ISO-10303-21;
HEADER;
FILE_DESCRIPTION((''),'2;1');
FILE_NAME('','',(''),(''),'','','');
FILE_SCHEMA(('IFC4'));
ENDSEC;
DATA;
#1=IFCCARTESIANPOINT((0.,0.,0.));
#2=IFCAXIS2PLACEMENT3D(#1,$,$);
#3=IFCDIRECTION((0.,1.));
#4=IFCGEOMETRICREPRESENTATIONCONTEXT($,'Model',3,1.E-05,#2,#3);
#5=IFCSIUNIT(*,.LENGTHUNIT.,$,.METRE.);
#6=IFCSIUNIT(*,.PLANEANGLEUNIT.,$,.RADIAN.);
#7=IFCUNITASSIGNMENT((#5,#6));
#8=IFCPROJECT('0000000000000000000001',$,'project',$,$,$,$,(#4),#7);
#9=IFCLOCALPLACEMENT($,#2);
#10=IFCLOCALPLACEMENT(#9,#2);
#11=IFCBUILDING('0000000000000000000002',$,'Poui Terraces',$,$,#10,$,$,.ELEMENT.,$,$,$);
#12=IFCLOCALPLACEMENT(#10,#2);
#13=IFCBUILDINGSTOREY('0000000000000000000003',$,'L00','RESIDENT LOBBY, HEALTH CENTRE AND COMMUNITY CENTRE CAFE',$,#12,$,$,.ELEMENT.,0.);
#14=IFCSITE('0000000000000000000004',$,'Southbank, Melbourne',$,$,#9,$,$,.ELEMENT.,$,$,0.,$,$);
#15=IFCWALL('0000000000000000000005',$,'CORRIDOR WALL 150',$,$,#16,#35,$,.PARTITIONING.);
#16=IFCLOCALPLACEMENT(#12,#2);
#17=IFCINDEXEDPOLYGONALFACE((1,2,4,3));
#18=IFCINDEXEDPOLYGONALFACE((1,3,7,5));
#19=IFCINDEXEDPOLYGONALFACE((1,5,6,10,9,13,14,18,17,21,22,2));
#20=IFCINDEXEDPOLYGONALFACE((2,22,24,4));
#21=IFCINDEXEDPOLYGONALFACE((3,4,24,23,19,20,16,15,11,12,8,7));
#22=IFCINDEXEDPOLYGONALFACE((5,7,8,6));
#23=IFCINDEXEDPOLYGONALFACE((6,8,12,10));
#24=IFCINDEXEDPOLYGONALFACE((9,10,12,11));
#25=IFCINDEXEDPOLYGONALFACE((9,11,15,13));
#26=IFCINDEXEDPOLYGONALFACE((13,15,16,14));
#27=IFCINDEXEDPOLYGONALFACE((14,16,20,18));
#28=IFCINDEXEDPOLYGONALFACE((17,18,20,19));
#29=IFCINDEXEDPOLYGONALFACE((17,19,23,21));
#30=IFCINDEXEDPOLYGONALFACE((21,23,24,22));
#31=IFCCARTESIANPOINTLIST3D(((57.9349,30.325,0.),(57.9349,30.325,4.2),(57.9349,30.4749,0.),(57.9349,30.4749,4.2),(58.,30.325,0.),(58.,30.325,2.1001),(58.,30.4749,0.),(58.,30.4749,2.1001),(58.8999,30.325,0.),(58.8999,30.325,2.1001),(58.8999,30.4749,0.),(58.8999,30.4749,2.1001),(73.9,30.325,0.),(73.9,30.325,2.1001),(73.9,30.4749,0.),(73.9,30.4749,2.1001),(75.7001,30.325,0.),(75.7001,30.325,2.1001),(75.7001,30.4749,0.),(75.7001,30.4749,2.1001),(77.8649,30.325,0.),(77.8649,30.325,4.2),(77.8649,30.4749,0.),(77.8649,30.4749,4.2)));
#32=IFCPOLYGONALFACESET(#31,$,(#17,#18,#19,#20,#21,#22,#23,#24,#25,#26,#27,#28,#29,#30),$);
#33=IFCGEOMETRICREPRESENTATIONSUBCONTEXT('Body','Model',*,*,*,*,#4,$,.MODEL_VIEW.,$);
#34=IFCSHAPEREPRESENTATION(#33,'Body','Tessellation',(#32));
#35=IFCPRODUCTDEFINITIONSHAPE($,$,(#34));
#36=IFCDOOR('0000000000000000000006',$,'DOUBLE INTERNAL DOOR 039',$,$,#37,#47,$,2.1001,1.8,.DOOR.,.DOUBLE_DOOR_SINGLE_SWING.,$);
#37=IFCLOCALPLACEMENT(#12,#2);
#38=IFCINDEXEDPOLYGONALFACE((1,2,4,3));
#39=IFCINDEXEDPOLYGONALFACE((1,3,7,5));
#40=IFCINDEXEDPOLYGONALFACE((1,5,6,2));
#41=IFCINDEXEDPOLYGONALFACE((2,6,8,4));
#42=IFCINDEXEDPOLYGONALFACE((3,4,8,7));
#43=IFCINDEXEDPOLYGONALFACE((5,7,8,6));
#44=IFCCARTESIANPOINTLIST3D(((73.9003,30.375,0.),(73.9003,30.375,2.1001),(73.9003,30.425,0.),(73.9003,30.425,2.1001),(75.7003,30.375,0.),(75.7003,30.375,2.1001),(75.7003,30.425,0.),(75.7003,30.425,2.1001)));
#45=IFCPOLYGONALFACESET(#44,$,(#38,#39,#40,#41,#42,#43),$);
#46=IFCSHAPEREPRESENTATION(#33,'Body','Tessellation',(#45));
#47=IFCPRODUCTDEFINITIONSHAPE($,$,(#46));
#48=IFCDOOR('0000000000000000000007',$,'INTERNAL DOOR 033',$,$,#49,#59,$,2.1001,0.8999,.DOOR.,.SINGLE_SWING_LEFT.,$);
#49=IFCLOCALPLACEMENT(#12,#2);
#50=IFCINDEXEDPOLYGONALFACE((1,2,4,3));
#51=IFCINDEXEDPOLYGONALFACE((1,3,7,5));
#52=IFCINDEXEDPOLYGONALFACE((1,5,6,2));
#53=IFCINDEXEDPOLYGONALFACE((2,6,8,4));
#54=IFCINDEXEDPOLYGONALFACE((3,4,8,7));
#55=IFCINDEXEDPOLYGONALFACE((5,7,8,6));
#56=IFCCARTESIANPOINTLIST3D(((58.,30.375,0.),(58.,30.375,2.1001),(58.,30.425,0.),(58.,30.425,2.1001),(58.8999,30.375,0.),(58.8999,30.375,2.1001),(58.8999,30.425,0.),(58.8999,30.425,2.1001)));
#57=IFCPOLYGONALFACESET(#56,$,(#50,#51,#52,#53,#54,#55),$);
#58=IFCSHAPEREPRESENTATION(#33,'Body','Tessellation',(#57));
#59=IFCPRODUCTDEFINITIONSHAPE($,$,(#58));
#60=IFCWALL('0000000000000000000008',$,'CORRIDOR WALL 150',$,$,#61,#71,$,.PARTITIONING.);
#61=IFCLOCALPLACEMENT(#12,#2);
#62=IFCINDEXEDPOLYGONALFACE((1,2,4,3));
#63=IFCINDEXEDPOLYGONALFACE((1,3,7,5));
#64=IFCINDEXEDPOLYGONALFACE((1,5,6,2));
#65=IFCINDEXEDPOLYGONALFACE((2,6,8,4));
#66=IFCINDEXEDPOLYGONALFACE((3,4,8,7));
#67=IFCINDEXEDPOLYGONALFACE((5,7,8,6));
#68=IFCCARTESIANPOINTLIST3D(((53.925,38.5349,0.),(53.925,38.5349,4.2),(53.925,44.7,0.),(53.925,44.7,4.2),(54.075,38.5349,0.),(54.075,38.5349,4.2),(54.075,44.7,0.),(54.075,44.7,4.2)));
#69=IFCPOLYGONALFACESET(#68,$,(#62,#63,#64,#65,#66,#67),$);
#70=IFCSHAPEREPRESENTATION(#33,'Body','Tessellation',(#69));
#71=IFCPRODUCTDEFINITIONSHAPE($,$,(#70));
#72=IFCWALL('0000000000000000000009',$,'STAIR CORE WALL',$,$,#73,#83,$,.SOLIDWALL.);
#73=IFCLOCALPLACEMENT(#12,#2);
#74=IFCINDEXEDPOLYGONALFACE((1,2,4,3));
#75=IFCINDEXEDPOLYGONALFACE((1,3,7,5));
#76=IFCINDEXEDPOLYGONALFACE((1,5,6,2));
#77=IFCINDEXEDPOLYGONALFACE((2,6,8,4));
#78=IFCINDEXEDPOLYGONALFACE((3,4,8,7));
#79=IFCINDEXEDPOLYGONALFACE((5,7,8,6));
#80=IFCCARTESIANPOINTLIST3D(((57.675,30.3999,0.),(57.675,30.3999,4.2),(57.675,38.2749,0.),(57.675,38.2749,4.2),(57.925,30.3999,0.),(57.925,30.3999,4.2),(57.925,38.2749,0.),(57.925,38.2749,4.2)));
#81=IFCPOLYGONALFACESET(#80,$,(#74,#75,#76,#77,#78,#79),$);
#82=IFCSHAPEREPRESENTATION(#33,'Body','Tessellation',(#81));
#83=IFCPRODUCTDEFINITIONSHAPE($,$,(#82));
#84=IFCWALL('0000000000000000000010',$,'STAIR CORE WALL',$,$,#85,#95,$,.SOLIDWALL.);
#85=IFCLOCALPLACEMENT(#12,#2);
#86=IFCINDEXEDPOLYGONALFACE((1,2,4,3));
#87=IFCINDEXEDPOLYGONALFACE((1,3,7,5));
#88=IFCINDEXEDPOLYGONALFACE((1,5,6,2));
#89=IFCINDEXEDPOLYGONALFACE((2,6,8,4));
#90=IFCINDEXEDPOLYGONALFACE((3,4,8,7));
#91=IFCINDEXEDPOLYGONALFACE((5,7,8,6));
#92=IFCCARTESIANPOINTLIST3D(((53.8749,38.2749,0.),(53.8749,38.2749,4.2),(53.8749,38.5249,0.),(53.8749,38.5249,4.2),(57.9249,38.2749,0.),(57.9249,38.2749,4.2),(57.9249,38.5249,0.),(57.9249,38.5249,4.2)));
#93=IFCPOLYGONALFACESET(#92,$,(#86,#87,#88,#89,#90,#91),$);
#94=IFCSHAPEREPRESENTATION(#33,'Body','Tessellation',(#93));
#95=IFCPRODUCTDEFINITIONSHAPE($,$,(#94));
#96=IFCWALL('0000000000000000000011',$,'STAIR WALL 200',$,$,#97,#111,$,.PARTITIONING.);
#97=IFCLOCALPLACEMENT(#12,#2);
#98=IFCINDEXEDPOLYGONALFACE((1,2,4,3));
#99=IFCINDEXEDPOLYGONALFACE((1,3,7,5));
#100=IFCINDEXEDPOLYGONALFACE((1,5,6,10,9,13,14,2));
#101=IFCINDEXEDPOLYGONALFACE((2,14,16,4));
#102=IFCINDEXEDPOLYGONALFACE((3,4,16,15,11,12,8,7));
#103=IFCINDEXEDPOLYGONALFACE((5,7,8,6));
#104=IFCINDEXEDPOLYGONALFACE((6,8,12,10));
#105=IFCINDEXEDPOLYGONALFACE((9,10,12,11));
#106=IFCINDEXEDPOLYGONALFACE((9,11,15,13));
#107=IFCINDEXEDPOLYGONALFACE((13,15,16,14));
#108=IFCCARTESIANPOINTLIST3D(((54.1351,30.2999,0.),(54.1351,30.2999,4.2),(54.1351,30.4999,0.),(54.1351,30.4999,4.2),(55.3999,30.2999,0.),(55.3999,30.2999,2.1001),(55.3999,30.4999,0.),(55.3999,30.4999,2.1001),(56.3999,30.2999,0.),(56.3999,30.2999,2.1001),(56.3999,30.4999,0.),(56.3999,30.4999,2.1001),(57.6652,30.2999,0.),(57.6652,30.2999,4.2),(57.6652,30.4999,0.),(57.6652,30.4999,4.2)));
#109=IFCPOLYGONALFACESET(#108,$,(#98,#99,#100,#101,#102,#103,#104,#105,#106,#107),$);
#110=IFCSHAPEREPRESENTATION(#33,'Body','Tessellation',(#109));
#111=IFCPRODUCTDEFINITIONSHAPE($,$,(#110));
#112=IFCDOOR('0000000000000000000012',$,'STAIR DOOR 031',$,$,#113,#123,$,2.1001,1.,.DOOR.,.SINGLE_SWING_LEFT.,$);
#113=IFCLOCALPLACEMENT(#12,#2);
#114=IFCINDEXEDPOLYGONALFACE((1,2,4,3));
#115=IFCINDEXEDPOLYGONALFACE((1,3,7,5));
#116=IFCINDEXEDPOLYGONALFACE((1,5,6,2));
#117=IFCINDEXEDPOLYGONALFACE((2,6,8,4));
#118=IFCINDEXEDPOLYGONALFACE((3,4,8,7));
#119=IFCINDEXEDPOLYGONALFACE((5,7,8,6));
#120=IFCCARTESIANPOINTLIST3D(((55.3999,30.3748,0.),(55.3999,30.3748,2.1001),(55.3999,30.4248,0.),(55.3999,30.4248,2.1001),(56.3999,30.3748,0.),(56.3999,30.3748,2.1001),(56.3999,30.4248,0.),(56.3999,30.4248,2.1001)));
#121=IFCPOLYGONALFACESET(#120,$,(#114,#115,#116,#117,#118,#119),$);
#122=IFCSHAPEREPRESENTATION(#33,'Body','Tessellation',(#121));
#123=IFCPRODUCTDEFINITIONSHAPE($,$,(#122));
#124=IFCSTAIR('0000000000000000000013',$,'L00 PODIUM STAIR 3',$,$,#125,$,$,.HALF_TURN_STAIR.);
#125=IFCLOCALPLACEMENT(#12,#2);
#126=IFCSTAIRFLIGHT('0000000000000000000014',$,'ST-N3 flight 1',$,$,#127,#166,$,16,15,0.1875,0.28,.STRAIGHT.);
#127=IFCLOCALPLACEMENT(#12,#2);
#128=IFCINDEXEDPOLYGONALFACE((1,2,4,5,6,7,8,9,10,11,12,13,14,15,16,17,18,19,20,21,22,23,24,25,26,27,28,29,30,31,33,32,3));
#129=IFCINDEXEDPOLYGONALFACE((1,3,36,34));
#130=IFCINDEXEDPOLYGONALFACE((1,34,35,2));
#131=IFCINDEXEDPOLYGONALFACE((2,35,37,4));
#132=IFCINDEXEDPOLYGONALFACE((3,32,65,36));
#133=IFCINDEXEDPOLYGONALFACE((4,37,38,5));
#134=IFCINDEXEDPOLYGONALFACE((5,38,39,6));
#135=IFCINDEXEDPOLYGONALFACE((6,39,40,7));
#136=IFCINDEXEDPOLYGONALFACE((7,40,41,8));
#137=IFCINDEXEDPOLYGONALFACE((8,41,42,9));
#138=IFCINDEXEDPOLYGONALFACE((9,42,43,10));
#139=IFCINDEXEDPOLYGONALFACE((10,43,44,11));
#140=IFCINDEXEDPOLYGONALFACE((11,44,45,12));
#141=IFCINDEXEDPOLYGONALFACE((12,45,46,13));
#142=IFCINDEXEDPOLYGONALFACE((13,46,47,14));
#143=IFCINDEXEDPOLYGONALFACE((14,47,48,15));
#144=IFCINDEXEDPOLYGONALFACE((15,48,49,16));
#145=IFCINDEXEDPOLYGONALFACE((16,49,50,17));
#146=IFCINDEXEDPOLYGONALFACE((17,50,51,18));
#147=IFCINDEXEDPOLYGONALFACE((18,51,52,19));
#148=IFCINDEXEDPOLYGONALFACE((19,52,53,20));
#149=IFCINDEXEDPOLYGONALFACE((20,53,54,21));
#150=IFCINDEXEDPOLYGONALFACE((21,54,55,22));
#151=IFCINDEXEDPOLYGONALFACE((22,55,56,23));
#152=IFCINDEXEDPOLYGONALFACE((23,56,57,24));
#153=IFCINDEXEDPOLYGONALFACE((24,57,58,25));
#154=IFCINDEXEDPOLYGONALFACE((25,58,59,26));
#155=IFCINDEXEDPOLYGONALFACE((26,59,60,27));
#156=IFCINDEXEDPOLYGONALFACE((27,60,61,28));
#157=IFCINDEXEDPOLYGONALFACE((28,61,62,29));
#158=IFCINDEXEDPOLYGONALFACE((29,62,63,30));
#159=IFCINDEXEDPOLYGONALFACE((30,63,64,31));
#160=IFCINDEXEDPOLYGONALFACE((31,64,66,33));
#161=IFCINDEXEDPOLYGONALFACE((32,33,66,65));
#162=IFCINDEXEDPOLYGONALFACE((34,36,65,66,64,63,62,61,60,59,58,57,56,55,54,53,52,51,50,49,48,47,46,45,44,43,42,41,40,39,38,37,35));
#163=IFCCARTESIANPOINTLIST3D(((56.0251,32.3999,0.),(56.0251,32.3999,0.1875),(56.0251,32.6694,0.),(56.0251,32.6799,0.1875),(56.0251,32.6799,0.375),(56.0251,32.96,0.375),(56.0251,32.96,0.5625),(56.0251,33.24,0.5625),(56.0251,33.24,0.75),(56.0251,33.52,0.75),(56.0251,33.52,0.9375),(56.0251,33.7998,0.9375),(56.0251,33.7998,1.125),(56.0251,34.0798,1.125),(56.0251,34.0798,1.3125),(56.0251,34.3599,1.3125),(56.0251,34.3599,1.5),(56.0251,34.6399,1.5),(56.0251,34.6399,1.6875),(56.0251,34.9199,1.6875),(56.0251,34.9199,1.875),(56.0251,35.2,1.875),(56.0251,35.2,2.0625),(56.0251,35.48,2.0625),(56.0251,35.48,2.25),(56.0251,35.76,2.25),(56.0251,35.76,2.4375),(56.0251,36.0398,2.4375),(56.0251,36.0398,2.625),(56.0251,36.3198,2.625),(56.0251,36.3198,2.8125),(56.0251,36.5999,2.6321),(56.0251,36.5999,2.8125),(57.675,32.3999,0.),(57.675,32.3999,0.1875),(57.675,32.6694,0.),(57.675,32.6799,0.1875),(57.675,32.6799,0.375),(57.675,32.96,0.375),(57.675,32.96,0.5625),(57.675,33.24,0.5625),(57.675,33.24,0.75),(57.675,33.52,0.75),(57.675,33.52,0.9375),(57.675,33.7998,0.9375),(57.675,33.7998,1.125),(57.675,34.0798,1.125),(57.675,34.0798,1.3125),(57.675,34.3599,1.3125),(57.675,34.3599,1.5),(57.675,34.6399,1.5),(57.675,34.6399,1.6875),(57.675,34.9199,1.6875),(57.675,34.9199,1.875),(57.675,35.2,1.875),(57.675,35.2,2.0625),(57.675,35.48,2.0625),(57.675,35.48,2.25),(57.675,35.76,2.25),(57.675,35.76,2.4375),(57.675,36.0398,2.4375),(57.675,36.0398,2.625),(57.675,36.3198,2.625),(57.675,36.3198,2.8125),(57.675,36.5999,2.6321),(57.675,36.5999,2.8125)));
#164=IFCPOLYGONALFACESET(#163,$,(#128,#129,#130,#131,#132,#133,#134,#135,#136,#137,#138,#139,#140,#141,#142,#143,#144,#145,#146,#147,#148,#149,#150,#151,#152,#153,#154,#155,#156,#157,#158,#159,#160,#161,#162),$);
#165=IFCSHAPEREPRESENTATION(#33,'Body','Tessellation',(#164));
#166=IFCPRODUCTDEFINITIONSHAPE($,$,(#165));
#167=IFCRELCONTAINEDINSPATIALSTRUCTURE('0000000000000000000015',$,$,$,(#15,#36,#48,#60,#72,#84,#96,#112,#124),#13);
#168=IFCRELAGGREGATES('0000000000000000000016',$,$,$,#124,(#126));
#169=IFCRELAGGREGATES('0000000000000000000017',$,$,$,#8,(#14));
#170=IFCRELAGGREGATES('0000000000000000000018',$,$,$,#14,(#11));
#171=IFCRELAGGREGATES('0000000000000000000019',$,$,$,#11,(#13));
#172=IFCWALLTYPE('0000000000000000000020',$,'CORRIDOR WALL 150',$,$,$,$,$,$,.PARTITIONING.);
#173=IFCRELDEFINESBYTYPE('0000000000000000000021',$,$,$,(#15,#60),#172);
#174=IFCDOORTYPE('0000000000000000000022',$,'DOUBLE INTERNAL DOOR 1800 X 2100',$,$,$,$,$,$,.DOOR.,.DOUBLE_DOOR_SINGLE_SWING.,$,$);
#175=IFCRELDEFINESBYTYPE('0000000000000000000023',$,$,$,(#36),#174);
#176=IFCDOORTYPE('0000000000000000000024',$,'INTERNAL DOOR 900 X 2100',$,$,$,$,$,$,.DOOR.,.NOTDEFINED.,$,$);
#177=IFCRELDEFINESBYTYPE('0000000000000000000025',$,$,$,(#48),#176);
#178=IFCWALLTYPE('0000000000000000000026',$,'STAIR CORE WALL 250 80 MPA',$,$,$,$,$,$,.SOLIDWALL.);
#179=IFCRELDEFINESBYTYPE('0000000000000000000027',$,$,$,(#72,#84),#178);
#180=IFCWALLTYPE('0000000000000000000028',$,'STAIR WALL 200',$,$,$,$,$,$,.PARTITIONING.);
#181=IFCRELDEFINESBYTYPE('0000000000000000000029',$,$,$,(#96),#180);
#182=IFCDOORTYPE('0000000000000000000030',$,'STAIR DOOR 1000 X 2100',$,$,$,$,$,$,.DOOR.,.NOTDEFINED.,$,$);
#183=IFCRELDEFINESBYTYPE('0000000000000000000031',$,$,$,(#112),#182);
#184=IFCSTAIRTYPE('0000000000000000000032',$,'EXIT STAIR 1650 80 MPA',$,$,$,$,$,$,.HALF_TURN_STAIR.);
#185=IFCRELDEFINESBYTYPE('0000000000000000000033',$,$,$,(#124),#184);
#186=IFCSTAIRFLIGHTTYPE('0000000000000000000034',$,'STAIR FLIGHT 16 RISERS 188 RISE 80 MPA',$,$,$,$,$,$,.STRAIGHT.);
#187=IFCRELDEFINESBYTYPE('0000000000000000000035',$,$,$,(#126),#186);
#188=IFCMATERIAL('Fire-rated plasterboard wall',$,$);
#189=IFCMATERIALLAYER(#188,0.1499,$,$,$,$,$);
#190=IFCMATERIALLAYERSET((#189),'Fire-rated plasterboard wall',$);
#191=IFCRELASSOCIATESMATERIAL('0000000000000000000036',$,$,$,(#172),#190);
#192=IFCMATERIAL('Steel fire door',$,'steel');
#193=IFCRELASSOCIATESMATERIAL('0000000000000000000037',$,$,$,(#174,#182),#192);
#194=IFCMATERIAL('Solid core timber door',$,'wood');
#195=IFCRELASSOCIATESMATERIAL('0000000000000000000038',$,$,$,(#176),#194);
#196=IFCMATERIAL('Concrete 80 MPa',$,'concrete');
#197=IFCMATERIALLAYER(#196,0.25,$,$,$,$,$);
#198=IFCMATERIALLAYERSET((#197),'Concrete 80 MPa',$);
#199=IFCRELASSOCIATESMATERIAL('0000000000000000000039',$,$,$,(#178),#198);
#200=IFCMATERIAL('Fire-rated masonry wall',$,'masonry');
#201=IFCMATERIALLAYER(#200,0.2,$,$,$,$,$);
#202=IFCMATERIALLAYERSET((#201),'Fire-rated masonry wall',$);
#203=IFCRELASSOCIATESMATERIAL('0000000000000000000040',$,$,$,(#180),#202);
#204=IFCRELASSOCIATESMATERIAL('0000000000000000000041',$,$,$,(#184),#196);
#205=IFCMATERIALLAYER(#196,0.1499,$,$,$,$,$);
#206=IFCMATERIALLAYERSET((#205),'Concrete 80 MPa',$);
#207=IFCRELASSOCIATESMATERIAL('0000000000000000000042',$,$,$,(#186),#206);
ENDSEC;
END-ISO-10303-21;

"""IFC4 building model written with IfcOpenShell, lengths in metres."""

from ifc_helpers import new_model, si_unit, direction, frame, frame_2d, origin, place, context, subcontext, project, spatial, polyline, rectangle, outline, extrude, material, layer, layer_set, type_object, element, fill, aggregate, save


model = new_model("IFC4")

# Units and contexts
model_context = context("Model", 3, precision=1e-05, world=origin(), true_north=direction((0.0, 1.0)))
body_context = subcontext(model_context, "Body", "Model", "MODEL_VIEW")
ifc_project = project(units=[si_unit("LENGTHUNIT", "METRE"), si_unit("PLANEANGLEUNIT", "RADIAN")], contexts=[model_context])

# Site, building, storey
site_placement = place(None, origin())
site = spatial("IfcSite", under=ifc_project, at=site_placement, Name="Southbank, Melbourne", CompositionType="ELEMENT", RefElevation=0.0)
building_placement = place(site_placement, origin())
building = spatial("IfcBuilding", under=site, at=building_placement, Name="Poui Terraces", CompositionType="ELEMENT")
storey_placement = place(building_placement, origin())
storey = spatial("IfcBuildingStorey", under=building, at=storey_placement, Name="L00", Description="RESIDENT LOBBY, HEALTH CENTRE AND COMMUNITY CENTRE CAFE", CompositionType="ELEMENT", Elevation=0.0)

# Shared definitions
ifc_material_1 = material(Name="Fire-rated masonry wall", Category="masonry")

# Wall, openings, doors
ifc_material_2 = material(Name="Fire-rated plasterboard wall")
ifc_layer_1 = layer(ifc_material_2, 0.1499)
ifc_layer_set_1 = layer_set([ifc_layer_1], Name="Fire-rated plasterboard wall")
wall_type_1 = type_object("IfcWallType", Name="CORRIDOR WALL 150", PredefinedType="PARTITIONING", material=ifc_layer_set_1)
wall_1_placement = place(storey_placement, frame((57.9351, 30.3999, 0.0), z_axis=(0.0, 0.0, 1.0), x_axis=(1.0, 0.0, 0.0)))
wall_1 = element("IfcWall", 1, at=wall_1_placement, inside=storey, type_object=wall_type_1, Name="CORRIDOR WALL 150", PredefinedType="PARTITIONING", context=body_context, shape_type="SweptSolid", body=[
    extrude(rectangle(XDim=19.9299, YDim=0.1499, at=frame_2d((9.9648, 0.0))), origin(), (0.0, 0.0, 1.0), 4.2),
])
opening_1_placement = place(wall_1_placement, frame((0.0649, 0.0, 0.0)))
opening_1 = element("IfcOpeningElement", 2, at=opening_1_placement, cuts=wall_1, PredefinedType="OPENING", context=body_context, shape_type="SweptSolid", body=[
    extrude(rectangle(XDim=0.8999, YDim=2.1001, at=frame_2d((0.45, 1.05))), frame((0.0, 0.085, 0.0), z_axis=(0.0, -1.0, 0.0), x_axis=(1.0, 0.0, 0.0)), (0.0, 0.0, 1.0), 0.1699),
])
opening_2_placement = place(wall_1_placement, frame((15.9651, 0.0, 0.0)))
opening_2 = element("IfcOpeningElement", 3, at=opening_2_placement, cuts=wall_1, PredefinedType="OPENING", context=body_context, shape_type="SweptSolid", body=[
    extrude(rectangle(XDim=1.8, YDim=2.1001, at=frame_2d((0.8999, 1.05))), frame((0.0, 0.085, 0.0), z_axis=(0.0, -1.0, 0.0), x_axis=(1.0, 0.0, 0.0)), (0.0, 0.0, 1.0), 0.1699),
])
ifc_material_3 = material(Name="Steel fire door", Category="steel")
door_type_1 = type_object("IfcDoorType", Name="DOUBLE INTERNAL DOOR 1800 X 2100", OperationType="DOUBLE_DOOR_SINGLE_SWING", PredefinedType="DOOR", material=ifc_material_3)
door_1_placement = place(opening_2_placement, frame((1.8, 0.0, 0.0), z_axis=(0.0, 0.0, 1.0), x_axis=(-1.0, 0.0, 0.0)))
door_1 = element("IfcDoor", 4, at=door_1_placement, inside=storey, type_object=door_type_1, Name="DOUBLE INTERNAL DOOR 039", OperationType="DOUBLE_DOOR_SINGLE_SWING", OverallHeight=2.1001, OverallWidth=1.8, PredefinedType="DOOR", context=body_context, shape_type="SweptSolid", body=[
    extrude(rectangle(XDim=1.8, YDim=2.1001, at=frame_2d((0.8999, 1.05))), frame((0.0, 0.0249, 0.0), z_axis=(0.0, -1.0, 0.0), x_axis=(1.0, 0.0, 0.0)), (0.0, 0.0, 1.0), 0.05),
])
fill(opening_2, door_1)
ifc_material_4 = material(Name="Solid core timber door", Category="wood")
door_type_2 = type_object("IfcDoorType", Name="INTERNAL DOOR 900 X 2100", OperationType="NOTDEFINED", PredefinedType="DOOR", material=ifc_material_4)
door_2_placement = place(opening_1_placement, frame((0.8999, 0.0, 0.0), z_axis=(0.0, 0.0, 1.0), x_axis=(-1.0, 0.0, 0.0)))
door_2 = element("IfcDoor", 5, at=door_2_placement, inside=storey, type_object=door_type_2, Name="INTERNAL DOOR 033", OperationType="SINGLE_SWING_LEFT", OverallHeight=2.1001, OverallWidth=0.8999, PredefinedType="DOOR", context=body_context, shape_type="SweptSolid", body=[
    extrude(rectangle(XDim=0.8999, YDim=2.1001, at=frame_2d((0.45, 1.05))), frame((0.0, 0.0249, 0.0), z_axis=(0.0, -1.0, 0.0), x_axis=(1.0, 0.0, 0.0)), (0.0, 0.0, 1.0), 0.05),
])
fill(opening_1, door_2)

# Walls
wall_2_placement = place(storey_placement, frame((54.0, 38.5349, 0.0), z_axis=(0.0, 0.0, 1.0), x_axis=(0.0, 1.0, 0.0)))
element("IfcWall", 6, at=wall_2_placement, inside=storey, type_object=wall_type_1, Name="CORRIDOR WALL 150", PredefinedType="PARTITIONING", context=body_context, shape_type="SweptSolid", body=[
    extrude(rectangle(XDim=6.165, YDim=0.1499, at=frame_2d((3.0825, 0.0))), origin(), (0.0, 0.0, 1.0), 4.2),
])
ifc_material_5 = material(Name="Concrete 80 MPa", Category="concrete")
ifc_layer_2 = layer(ifc_material_5, 0.25)
ifc_layer_set_2 = layer_set([ifc_layer_2], Name="Concrete 80 MPa")
wall_type_2 = type_object("IfcWallType", Name="STAIR CORE WALL 250 80 MPA", PredefinedType="SOLIDWALL", material=ifc_layer_set_2)
wall_3_placement = place(storey_placement, frame((57.8, 30.3999, 0.0), z_axis=(0.0, 0.0, 1.0), x_axis=(0.0, 1.0, 0.0)))
element("IfcWall", 7, at=wall_3_placement, inside=storey, type_object=wall_type_2, Name="STAIR CORE WALL", PredefinedType="SOLIDWALL", context=body_context, shape_type="SweptSolid", body=[
    extrude(rectangle(XDim=7.875, YDim=0.25, at=frame_2d((3.9375, 0.0))), origin(), (0.0, 0.0, 1.0), 4.2),
])
wall_4_placement = place(storey_placement, frame((53.875, 38.3999, 0.0), z_axis=(0.0, 0.0, 1.0), x_axis=(1.0, 0.0, 0.0)))
element("IfcWall", 8, at=wall_4_placement, inside=storey, type_object=wall_type_2, Name="STAIR CORE WALL", PredefinedType="SOLIDWALL", context=body_context, shape_type="SweptSolid", body=[
    extrude(rectangle(XDim=4.05, YDim=0.25, at=frame_2d((2.0249, 0.0))), origin(), (0.0, 0.0, 1.0), 4.2),
])

# Wall, opening, door
ifc_layer_3 = layer(ifc_material_1, 0.2)
ifc_layer_set_3 = layer_set([ifc_layer_3], Name="Fire-rated masonry wall")
wall_type_3 = type_object("IfcWallType", Name="STAIR WALL 200", PredefinedType="PARTITIONING", material=ifc_layer_set_3)
wall_5_placement = place(storey_placement, frame((54.135, 30.3999, 0.0), z_axis=(0.0, 0.0, 1.0), x_axis=(1.0, 0.0, 0.0)))
wall_5 = element("IfcWall", 9, at=wall_5_placement, inside=storey, type_object=wall_type_3, Name="STAIR WALL 200", PredefinedType="PARTITIONING", context=body_context, shape_type="SweptSolid", body=[
    extrude(rectangle(XDim=3.53, YDim=0.2, at=frame_2d((1.7651, 0.0))), origin(), (0.0, 0.0, 1.0), 4.2),
])
opening_3_placement = place(wall_5_placement, frame((1.2649, 0.0, 0.0)))
opening_3 = element("IfcOpeningElement", 10, at=opening_3_placement, cuts=wall_5, PredefinedType="OPENING", context=body_context, shape_type="SweptSolid", body=[
    extrude(rectangle(XDim=1.0, YDim=2.1001, at=frame_2d((0.5, 1.05))), frame((0.0, 0.1099, 0.0), z_axis=(0.0, -1.0, 0.0), x_axis=(1.0, 0.0, 0.0)), (0.0, 0.0, 1.0), 0.22),
])
door_type_3 = type_object("IfcDoorType", Name="STAIR DOOR 1000 X 2100", OperationType="NOTDEFINED", PredefinedType="DOOR", material=ifc_material_3)
door_3_placement = place(opening_3_placement, origin())
door_3 = element("IfcDoor", 11, at=door_3_placement, inside=storey, type_object=door_type_3, Name="STAIR DOOR 031", OperationType="SINGLE_SWING_LEFT", OverallHeight=2.1001, OverallWidth=1.0, PredefinedType="DOOR", context=body_context, shape_type="SweptSolid", body=[
    extrude(rectangle(XDim=1.0, YDim=2.1001, at=frame_2d((0.5, 1.05))), frame((0.0, 0.0249, 0.0), z_axis=(0.0, -1.0, 0.0), x_axis=(1.0, 0.0, 0.0)), (0.0, 0.0, 1.0), 0.05),
])
fill(opening_3, door_3)

# Stair, stair flight
stair_type = type_object("IfcStairType", Name="EXIT STAIR 1650 80 MPA", PredefinedType="HALF_TURN_STAIR", material=ifc_material_5)
stair_placement = place(storey_placement, origin())
stair = element("IfcStair", 12, at=stair_placement, inside=storey, type_object=stair_type, Name="L00 PODIUM STAIR 3", PredefinedType="HALF_TURN_STAIR")
ifc_layer_4 = layer(ifc_material_5, 0.1499)
ifc_layer_set_4 = layer_set([ifc_layer_4], Name="Concrete 80 MPa")
stair_flight_type = type_object("IfcStairFlightType", Name="STAIR FLIGHT 16 RISERS 188 RISE 80 MPA", PredefinedType="STRAIGHT", material=ifc_layer_set_4)
stair_flight_1_placement = place(storey_placement, frame((56.8501, 32.3999, 0.0), z_axis=(0.0, 0.0, 1.0), x_axis=(0.0, 1.0, 0.0)))
stair_flight_1 = element("IfcStairFlight", 13, at=stair_flight_1_placement, type_object=stair_flight_type, Name="ST-N3 flight 1", NumberOfRisers=16, NumberOfTreads=15, PredefinedType="STRAIGHT", RiserHeight=0.1875, TreadLength=0.28, context=body_context, shape_type="SweptSolid", body=[
    extrude(outline(polyline([(0.0, 0.0), (0.0, 0.1875), (0.28, 0.1875), (0.28, 0.375), (0.5601, 0.375), (0.5601, 0.5625), (0.8401, 0.5625), (0.8401, 0.75), (1.1201, 0.75), (1.1201, 0.9375), (1.3999, 0.9375), (1.3999, 1.125), (1.6799, 1.125), (1.6799, 1.3125), (1.96, 1.3125), (1.96, 1.5), (2.24, 1.5), (2.24, 1.6875), (2.52, 1.6875), (2.52, 1.875), (2.8, 1.875), (2.8, 2.0625), (3.0801, 2.0625), (3.0801, 2.25), (3.3601, 2.25), (3.3601, 2.4375), (3.6399, 2.4375), (3.6399, 2.625), (3.9199, 2.625), (3.9199, 2.8125), (4.2, 2.8125), (4.2, 3.0), (4.2, 2.6321), (0.2695, 0.0), (0.0, 0.0)])), frame((0.0, 0.825, 0.0), z_axis=(0.0, -1.0, 0.0), x_axis=(1.0, 0.0, 0.0)), (0.0, 0.0, 1.0), 1.6499),
])
aggregate(stair, [stair_flight_1])

save(model, "model.ifc")
